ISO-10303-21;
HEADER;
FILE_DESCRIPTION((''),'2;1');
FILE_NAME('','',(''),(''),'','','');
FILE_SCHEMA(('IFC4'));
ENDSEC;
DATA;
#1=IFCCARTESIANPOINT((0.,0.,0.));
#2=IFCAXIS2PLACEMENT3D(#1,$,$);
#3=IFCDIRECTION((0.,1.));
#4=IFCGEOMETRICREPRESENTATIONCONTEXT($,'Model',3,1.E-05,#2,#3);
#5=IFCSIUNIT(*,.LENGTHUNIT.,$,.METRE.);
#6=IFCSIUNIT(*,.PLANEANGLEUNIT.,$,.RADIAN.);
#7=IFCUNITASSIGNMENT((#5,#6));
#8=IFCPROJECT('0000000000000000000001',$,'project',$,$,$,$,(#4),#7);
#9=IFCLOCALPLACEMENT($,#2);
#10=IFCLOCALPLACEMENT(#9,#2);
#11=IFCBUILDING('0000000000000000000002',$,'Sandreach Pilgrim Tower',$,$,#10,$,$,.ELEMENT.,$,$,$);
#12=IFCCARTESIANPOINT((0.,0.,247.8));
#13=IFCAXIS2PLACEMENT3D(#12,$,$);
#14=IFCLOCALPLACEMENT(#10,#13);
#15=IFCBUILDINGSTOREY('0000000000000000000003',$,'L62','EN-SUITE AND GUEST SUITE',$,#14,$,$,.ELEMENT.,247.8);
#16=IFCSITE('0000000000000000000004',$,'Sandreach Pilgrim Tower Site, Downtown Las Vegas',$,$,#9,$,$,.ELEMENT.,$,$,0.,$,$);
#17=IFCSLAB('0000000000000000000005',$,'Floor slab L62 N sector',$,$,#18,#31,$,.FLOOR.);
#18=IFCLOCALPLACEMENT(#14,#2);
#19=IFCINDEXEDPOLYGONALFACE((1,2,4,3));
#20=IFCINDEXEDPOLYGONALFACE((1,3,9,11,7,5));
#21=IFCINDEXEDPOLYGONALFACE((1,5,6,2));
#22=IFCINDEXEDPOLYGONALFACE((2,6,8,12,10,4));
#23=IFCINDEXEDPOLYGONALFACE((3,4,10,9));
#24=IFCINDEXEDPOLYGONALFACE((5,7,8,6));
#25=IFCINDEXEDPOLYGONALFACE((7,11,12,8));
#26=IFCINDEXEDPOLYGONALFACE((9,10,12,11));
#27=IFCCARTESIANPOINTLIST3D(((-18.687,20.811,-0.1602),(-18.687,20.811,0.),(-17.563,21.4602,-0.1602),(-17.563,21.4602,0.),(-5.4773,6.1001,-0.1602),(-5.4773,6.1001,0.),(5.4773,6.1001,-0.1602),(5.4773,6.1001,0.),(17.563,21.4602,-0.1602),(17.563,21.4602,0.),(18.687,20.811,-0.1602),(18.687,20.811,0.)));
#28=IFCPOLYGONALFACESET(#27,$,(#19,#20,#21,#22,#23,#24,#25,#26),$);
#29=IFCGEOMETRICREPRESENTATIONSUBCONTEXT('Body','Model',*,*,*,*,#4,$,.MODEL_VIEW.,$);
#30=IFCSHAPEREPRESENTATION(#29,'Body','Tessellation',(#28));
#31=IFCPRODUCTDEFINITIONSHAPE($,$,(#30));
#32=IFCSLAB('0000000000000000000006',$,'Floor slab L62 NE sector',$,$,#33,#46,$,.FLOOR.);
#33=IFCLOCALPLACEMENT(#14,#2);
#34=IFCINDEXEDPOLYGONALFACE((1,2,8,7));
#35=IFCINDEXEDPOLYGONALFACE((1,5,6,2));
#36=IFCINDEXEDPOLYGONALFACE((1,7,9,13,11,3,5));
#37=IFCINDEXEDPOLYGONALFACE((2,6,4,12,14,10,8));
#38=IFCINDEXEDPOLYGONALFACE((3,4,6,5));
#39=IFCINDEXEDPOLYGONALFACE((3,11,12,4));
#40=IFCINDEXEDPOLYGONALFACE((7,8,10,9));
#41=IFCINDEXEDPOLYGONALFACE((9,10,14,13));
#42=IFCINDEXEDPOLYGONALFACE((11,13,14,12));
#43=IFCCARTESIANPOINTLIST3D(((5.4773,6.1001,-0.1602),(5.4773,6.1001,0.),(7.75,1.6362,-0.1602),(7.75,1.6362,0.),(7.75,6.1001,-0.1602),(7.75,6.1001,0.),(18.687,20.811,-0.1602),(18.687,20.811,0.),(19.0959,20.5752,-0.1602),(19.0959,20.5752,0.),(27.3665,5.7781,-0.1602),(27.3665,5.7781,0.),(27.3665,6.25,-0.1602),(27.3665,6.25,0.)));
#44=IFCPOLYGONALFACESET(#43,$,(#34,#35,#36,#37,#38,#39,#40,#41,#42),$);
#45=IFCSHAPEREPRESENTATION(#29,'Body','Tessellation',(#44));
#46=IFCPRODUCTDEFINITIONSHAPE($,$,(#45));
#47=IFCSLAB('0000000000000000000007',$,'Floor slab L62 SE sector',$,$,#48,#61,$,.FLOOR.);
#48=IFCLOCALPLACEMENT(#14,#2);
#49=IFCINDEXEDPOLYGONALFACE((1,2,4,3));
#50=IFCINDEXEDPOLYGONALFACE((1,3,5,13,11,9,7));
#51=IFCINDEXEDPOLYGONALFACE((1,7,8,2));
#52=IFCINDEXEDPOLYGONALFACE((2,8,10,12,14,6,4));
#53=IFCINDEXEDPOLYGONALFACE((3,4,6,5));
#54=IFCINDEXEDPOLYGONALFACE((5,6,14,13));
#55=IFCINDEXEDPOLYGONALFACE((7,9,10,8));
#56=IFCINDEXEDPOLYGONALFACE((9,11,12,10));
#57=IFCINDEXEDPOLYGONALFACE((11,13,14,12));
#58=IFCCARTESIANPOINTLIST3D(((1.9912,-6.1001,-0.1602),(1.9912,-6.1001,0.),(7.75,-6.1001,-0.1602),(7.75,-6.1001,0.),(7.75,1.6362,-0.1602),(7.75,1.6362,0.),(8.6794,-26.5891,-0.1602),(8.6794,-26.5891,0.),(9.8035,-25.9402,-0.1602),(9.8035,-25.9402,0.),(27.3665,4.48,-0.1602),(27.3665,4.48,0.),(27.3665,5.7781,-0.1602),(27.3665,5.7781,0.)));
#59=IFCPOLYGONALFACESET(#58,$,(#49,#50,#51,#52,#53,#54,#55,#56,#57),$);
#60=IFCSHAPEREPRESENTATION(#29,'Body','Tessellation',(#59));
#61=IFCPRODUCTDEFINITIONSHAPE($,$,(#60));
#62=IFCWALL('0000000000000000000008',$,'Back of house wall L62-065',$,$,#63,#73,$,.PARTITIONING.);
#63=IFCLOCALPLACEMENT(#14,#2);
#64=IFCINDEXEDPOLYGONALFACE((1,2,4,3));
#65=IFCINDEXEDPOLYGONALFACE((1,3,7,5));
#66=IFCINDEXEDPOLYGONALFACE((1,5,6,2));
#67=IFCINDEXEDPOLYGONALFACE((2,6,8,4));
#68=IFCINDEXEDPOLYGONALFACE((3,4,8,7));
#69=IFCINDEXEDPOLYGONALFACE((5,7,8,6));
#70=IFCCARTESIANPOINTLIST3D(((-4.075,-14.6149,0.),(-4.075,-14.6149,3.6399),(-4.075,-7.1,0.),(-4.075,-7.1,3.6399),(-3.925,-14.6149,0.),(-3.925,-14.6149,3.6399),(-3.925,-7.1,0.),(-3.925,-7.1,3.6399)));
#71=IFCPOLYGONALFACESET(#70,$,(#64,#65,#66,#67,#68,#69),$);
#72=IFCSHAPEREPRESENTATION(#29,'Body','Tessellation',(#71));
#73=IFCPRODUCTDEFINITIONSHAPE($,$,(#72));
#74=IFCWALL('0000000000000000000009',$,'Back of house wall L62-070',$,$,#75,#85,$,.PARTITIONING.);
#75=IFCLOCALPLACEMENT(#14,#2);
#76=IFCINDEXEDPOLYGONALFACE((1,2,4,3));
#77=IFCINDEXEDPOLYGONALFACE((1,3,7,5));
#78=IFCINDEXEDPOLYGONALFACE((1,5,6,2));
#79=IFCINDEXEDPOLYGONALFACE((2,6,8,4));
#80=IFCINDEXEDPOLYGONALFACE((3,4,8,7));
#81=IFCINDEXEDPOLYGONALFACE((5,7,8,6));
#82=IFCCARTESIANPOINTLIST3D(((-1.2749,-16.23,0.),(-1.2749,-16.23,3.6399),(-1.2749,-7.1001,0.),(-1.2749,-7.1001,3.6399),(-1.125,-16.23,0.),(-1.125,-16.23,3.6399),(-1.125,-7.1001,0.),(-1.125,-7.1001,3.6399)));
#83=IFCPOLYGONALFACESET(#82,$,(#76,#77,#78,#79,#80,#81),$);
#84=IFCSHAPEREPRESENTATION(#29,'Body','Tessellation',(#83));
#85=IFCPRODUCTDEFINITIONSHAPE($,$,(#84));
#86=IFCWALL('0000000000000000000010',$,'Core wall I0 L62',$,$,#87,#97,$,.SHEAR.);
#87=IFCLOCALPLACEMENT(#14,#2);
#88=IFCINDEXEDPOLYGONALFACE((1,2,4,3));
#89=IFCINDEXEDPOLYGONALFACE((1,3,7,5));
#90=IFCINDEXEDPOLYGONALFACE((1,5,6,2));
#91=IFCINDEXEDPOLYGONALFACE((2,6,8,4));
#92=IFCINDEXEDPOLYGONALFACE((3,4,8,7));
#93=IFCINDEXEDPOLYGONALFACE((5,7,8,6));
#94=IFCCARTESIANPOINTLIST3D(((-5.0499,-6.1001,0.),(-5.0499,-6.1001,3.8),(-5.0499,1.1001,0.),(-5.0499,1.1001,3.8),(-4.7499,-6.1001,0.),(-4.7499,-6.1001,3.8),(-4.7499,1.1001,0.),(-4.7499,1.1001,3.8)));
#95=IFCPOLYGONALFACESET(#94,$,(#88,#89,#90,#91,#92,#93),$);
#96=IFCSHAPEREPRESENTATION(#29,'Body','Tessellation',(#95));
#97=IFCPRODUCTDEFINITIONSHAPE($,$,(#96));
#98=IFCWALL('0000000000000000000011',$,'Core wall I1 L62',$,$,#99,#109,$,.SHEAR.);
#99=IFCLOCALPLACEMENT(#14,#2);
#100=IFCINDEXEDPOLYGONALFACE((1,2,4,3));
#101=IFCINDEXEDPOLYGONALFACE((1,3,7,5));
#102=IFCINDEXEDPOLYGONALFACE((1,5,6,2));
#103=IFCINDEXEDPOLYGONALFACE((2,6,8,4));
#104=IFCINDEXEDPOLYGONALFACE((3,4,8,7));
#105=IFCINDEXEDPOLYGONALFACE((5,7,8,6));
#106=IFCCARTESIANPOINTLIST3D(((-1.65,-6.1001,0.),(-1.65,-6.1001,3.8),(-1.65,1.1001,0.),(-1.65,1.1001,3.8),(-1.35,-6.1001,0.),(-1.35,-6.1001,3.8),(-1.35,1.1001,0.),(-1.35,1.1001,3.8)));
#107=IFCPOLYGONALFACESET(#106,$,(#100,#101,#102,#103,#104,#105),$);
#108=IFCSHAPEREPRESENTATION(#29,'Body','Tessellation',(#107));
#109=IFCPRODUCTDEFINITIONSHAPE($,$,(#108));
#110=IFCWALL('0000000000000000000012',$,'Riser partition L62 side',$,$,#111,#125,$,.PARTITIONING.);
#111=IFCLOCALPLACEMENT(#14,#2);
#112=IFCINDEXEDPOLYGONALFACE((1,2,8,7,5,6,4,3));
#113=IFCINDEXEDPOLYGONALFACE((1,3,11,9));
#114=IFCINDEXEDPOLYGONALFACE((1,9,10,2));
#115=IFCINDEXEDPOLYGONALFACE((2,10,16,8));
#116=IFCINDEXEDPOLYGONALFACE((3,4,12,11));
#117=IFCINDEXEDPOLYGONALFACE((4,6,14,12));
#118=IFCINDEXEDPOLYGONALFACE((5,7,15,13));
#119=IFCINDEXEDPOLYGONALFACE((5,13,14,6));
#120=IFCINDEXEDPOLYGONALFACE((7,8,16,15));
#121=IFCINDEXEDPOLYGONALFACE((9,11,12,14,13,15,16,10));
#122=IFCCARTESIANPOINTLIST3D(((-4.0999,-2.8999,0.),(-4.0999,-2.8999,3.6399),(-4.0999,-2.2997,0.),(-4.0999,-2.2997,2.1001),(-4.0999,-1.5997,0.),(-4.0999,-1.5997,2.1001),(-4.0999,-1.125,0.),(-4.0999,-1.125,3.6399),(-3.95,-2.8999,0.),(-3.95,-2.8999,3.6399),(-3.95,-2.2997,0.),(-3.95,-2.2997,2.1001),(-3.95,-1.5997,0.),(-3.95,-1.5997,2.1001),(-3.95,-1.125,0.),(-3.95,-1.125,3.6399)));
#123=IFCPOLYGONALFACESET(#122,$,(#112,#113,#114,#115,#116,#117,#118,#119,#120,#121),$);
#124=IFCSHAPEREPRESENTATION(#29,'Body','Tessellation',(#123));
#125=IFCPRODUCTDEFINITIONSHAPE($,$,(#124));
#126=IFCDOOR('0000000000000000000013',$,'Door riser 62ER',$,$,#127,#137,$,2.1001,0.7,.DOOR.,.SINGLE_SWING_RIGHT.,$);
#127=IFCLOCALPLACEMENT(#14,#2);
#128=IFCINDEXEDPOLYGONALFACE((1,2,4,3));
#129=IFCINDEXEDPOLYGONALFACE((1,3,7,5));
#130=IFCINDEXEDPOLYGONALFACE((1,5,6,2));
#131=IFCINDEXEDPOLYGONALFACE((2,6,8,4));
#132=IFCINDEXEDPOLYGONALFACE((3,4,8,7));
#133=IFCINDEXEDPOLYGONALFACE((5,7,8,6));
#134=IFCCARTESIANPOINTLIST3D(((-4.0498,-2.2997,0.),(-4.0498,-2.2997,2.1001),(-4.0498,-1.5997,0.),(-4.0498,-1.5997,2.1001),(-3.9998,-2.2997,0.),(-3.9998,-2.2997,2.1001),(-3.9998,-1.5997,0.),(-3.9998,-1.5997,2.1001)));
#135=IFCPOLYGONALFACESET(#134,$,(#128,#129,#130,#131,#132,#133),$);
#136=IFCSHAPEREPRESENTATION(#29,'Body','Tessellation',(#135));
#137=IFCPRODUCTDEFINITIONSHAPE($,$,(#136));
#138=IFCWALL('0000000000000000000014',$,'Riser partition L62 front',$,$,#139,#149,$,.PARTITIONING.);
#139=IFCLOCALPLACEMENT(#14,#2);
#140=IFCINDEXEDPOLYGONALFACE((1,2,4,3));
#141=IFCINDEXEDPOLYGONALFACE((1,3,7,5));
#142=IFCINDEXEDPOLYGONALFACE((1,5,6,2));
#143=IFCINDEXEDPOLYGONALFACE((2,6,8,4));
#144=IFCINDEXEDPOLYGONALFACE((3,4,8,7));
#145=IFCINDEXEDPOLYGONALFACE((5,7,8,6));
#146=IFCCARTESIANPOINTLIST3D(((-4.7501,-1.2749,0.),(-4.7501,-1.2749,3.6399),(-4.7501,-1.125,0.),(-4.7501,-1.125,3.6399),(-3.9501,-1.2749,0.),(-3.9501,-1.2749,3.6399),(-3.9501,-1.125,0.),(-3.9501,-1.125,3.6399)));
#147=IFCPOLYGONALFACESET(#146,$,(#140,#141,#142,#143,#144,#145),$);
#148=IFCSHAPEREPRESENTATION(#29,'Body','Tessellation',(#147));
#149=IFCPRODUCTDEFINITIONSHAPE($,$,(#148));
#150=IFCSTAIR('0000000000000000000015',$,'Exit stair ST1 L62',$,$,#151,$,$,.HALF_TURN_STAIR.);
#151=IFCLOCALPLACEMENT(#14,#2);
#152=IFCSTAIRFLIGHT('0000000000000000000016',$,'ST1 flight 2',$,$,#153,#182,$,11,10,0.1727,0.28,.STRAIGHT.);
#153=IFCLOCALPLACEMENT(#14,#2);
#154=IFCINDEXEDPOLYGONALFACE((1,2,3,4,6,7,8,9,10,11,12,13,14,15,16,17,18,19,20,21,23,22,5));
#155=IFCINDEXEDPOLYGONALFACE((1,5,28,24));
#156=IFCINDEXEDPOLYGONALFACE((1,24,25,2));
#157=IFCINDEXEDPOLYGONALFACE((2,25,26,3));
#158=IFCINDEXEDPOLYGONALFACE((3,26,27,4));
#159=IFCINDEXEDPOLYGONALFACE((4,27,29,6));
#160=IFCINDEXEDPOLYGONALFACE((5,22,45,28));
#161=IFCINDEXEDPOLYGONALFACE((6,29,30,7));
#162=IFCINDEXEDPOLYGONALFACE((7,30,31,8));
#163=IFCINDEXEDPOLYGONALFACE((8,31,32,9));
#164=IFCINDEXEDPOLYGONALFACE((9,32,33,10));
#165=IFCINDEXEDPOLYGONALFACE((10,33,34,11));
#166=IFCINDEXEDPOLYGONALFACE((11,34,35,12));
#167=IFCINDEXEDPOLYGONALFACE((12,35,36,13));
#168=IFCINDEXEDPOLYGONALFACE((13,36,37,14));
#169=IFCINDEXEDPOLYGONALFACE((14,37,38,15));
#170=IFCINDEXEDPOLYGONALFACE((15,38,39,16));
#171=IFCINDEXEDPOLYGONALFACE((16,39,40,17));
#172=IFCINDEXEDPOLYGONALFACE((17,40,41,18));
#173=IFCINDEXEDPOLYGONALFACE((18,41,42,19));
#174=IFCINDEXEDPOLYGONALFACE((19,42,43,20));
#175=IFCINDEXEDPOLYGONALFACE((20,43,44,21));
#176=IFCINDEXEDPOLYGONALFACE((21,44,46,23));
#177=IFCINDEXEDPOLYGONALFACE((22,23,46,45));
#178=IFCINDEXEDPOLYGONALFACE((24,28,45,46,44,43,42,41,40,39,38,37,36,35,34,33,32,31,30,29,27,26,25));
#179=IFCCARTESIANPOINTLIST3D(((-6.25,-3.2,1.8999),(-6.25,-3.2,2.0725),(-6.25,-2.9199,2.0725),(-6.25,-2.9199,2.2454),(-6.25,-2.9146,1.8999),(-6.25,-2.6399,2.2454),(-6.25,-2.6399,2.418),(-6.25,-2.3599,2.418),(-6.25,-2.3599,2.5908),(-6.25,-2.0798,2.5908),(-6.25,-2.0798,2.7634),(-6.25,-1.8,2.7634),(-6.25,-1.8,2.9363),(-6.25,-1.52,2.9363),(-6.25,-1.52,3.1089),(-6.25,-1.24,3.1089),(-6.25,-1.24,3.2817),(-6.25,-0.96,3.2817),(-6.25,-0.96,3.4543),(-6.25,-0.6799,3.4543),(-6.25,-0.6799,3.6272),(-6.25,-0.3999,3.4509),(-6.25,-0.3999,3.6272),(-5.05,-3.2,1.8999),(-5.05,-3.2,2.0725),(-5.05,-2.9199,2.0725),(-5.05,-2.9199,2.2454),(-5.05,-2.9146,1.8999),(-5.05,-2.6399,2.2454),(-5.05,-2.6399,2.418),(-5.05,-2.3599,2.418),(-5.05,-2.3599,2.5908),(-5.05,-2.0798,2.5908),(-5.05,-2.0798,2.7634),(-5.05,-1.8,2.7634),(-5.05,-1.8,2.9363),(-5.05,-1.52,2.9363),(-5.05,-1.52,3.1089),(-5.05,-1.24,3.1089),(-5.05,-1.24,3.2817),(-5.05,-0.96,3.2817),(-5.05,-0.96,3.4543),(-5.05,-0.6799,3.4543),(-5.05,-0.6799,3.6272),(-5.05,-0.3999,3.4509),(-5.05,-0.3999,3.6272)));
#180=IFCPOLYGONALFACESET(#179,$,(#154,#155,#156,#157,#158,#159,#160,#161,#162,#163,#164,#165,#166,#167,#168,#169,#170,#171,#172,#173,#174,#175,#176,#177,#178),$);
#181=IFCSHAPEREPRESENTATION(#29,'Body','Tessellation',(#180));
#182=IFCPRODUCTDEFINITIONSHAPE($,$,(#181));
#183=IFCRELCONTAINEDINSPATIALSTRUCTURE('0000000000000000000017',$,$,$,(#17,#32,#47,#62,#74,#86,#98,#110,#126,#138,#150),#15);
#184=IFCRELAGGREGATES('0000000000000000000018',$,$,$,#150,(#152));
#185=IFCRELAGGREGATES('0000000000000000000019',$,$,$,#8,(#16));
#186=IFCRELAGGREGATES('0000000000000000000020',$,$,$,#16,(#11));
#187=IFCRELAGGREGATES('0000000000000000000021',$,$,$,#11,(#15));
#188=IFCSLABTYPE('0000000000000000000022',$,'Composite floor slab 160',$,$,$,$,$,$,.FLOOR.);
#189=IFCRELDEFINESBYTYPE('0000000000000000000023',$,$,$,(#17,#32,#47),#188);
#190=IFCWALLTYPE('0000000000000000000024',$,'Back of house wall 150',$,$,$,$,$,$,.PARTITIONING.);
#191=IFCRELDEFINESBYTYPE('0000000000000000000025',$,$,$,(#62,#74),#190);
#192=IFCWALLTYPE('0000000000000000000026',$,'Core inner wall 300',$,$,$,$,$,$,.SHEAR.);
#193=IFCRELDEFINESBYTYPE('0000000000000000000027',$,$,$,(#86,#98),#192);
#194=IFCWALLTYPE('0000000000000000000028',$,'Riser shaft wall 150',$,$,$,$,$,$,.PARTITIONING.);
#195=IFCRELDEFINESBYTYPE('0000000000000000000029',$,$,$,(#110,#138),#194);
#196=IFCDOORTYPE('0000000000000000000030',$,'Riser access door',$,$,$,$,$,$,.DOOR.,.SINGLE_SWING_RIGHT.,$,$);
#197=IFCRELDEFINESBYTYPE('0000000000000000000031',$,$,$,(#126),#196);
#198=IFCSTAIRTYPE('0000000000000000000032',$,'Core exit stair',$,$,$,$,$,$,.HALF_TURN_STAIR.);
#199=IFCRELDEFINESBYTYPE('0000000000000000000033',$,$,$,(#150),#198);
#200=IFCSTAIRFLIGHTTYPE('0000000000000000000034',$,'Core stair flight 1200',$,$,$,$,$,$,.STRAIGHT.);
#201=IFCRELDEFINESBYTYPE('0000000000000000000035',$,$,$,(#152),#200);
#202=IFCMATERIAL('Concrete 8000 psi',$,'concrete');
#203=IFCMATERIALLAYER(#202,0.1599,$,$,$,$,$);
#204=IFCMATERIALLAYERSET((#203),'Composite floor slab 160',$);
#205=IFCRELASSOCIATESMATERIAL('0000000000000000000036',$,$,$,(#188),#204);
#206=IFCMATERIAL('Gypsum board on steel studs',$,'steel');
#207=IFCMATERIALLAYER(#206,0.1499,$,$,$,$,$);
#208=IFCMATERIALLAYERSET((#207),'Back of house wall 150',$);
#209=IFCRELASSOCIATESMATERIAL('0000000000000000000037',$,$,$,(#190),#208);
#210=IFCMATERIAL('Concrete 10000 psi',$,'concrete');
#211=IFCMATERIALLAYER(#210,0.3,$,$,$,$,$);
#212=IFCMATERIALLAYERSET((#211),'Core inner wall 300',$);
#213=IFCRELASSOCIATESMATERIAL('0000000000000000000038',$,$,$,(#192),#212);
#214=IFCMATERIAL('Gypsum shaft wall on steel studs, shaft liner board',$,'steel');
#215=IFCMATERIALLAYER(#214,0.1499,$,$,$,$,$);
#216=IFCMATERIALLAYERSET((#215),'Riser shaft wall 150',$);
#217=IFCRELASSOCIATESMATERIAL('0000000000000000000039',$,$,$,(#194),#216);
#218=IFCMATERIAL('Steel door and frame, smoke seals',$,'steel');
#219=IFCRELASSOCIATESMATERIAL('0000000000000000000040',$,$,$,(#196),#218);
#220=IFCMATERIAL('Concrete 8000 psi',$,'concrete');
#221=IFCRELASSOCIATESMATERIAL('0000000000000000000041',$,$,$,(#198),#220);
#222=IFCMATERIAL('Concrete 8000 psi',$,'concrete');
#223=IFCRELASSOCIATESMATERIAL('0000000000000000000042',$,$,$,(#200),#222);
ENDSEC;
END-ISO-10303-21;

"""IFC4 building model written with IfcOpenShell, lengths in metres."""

from ifc_helpers import new_model, si_unit, direction, frame, frame_2d, origin, place, context, subcontext, project, spatial, polyline, rectangle, outline, extrude, material, layer, layer_set, type_object, element, fill, aggregate, save


model = new_model("IFC4")

# Units and contexts
model_context = context("Model", 3, precision=1e-05, world=origin(), true_north=direction((0.0, 1.0)))
body_context = subcontext(model_context, "Body", "Model", "MODEL_VIEW")
ifc_project = project(units=[si_unit("LENGTHUNIT", "METRE"), si_unit("PLANEANGLEUNIT", "RADIAN")], contexts=[model_context])

# Site, building, storey
site_placement = place(None, origin())
site = spatial("IfcSite", under=ifc_project, at=site_placement, Name="Sandreach Pilgrim Tower Site, Downtown Las Vegas", CompositionType="ELEMENT", RefElevation=0.0)
building_placement = place(site_placement, origin())
building = spatial("IfcBuilding", under=site, at=building_placement, Name="Sandreach Pilgrim Tower", CompositionType="ELEMENT")
storey_placement = place(building_placement, frame((0.0, 0.0, 247.8)))
storey = spatial("IfcBuildingStorey", under=building, at=storey_placement, Name="L62", Description="EN-SUITE AND GUEST SUITE", CompositionType="ELEMENT", Elevation=247.8)

# Slabs
ifc_material_1 = material(Name="Concrete 8000 psi", Category="concrete")
ifc_layer_1 = layer(ifc_material_1, 0.1599)
ifc_layer_set_1 = layer_set([ifc_layer_1], Name="Composite floor slab 160")
slab_type = type_object("IfcSlabType", Name="Composite floor slab 160", PredefinedType="FLOOR", material=ifc_layer_set_1)
slab_1_placement = place(storey_placement, frame((0.0, 0.0, -0.1602)))
element("IfcSlab", 1, at=slab_1_placement, inside=storey, type_object=slab_type, Name="Floor slab L62 N sector", PredefinedType="FLOOR", context=body_context, shape_type="SweptSolid", body=[
    extrude(outline(polyline([(-17.563, 21.4602), (17.563, 21.4602), (18.687, 20.811), (5.4773, 6.1001), (-5.4773, 6.1001), (-18.687, 20.811), (-17.563, 21.4602)])), origin(), (0.0, 0.0, 1.0), 0.1602),
])
slab_2_placement = place(storey_placement, frame((0.0, 0.0, -0.1602)))
element("IfcSlab", 2, at=slab_2_placement, inside=storey, type_object=slab_type, Name="Floor slab L62 NE sector", PredefinedType="FLOOR", context=body_context, shape_type="SweptSolid", body=[
    extrude(outline(polyline([(19.0959, 20.5752), (27.3665, 6.25), (27.3665, 5.7781), (7.75, 1.6362), (7.75, 6.1001), (5.4773, 6.1001), (18.687, 20.811), (19.0959, 20.5752)])), origin(), (0.0, 0.0, 1.0), 0.1602),
])
slab_3_placement = place(storey_placement, frame((0.0, 0.0, -0.1602)))
element("IfcSlab", 3, at=slab_3_placement, inside=storey, type_object=slab_type, Name="Floor slab L62 SE sector", PredefinedType="FLOOR", context=body_context, shape_type="SweptSolid", body=[
    extrude(outline(polyline([(27.3665, 4.48), (9.8035, -25.9402), (8.6794, -26.5891), (1.9912, -6.1001), (7.75, -6.1001), (7.75, 1.6362), (27.3665, 5.7781), (27.3665, 4.48)])), origin(), (0.0, 0.0, 1.0), 0.1602),
])

# Walls
ifc_material_2 = material(Name="Gypsum board on steel studs", Category="steel")
ifc_layer_2 = layer(ifc_material_2, 0.1499)
ifc_layer_set_2 = layer_set([ifc_layer_2], Name="Back of house wall 150")
wall_type_1 = type_object("IfcWallType", Name="Back of house wall 150", PredefinedType="PARTITIONING", material=ifc_layer_set_2)
wall_1_placement = place(storey_placement, frame((-4.0, -7.1001, 0.0), z_axis=(0.0, 0.0, 1.0), x_axis=(0.0, -1.0, 0.0)))
element("IfcWall", 4, at=wall_1_placement, inside=storey, type_object=wall_type_1, Name="Back of house wall L62-065", PredefinedType="PARTITIONING", context=body_context, shape_type="SweptSolid", body=[
    extrude(rectangle(XDim=7.5149, YDim=0.1499, at=frame_2d((3.7573, 0.0))), origin(), (0.0, 0.0, 1.0), 3.6399),
])
wall_2_placement = place(storey_placement, frame((-1.2, -7.1001, 0.0), z_axis=(0.0, 0.0, 1.0), x_axis=(0.0, -1.0, 0.0)))
element("IfcWall", 5, at=wall_2_placement, inside=storey, type_object=wall_type_1, Name="Back of house wall L62-070", PredefinedType="PARTITIONING", context=body_context, shape_type="SweptSolid", body=[
    extrude(rectangle(XDim=9.1299, YDim=0.1499, at=frame_2d((4.5649, 0.0))), origin(), (0.0, 0.0, 1.0), 3.6399),
])
ifc_material_3 = material(Name="Concrete 10000 psi", Category="concrete")
ifc_layer_3 = layer(ifc_material_3, 0.3)
ifc_layer_set_3 = layer_set([ifc_layer_3], Name="Core inner wall 300")
wall_type_2 = type_object("IfcWallType", Name="Core inner wall 300", PredefinedType="SHEAR", material=ifc_layer_set_3)
for number, where, z_axis, x_axis, name in (
    (6, (-4.8999, -6.1001, 0.0), (0.0, 0.0, 1.0), (0.0, 1.0, 0.0), "Core wall I0 L62"),
    (7, (-1.5, -6.1001, 0.0), (0.0, 0.0, 1.0), (0.0, 1.0, 0.0), "Core wall I1 L62"),
):
    element("IfcWall", number, at=place(storey_placement, frame(where, z_axis=z_axis, x_axis=x_axis)), inside=storey, type_object=wall_type_2, Name=name, PredefinedType="SHEAR", context=body_context, shape_type="SweptSolid", body=[
        extrude(rectangle(XDim=7.2002, YDim=0.3, at=frame_2d((3.6001, 0.0))), origin(), (0.0, 0.0, 1.0), 3.8),
    ])

# Wall, opening, door
ifc_material_4 = material(Name="Gypsum shaft wall on steel studs, shaft liner board", Category="steel")
ifc_layer_4 = layer(ifc_material_4, 0.1499)
ifc_layer_set_4 = layer_set([ifc_layer_4], Name="Riser shaft wall 150")
wall_type_3 = type_object("IfcWallType", Name="Riser shaft wall 150", PredefinedType="PARTITIONING", material=ifc_layer_set_4)
wall_3_placement = place(storey_placement, frame((-4.0249, -2.8999, 0.0), z_axis=(0.0, 0.0, 1.0), x_axis=(0.0, 1.0, 0.0)))
wall_3 = element("IfcWall", 8, at=wall_3_placement, inside=storey, type_object=wall_type_3, Name="Riser partition L62 side", PredefinedType="PARTITIONING", context=body_context, shape_type="SweptSolid", body=[
    extrude(rectangle(XDim=1.7749, YDim=0.1499, at=frame_2d((0.8875, 0.0))), origin(), (0.0, 0.0, 1.0), 3.6399),
])
opening_1_placement = place(wall_3_placement, frame((0.6001, 0.0, 0.0)))
opening_1 = element("IfcOpeningElement", 9, at=opening_1_placement, cuts=wall_3, PredefinedType="OPENING", context=body_context, shape_type="SweptSolid", body=[
    extrude(rectangle(XDim=0.7, YDim=2.1001, at=frame_2d((0.3501, 1.05))), frame((0.0, 0.075, 0.0), z_axis=(0.0, -1.0, 0.0), x_axis=(1.0, 0.0, 0.0)), (0.0, 0.0, 1.0), 0.1499),
])
ifc_material_5 = material(Name="Steel door and frame, smoke seals", Category="steel")
door_type_1 = type_object("IfcDoorType", Name="Riser access door", OperationType="SINGLE_SWING_RIGHT", PredefinedType="DOOR", material=ifc_material_5)
door_1_placement = place(opening_1_placement, origin())
door_1 = element("IfcDoor", 10, at=door_1_placement, inside=storey, type_object=door_type_1, Name="Door riser 62ER", OperationType="SINGLE_SWING_RIGHT", OverallHeight=2.1001, OverallWidth=0.7, PredefinedType="DOOR", context=body_context, shape_type="SweptSolid", body=[
    extrude(rectangle(XDim=0.7, YDim=2.1001, at=frame_2d((0.3501, 1.05))), frame((0.0, 0.0249, 0.0), z_axis=(0.0, -1.0, 0.0), x_axis=(1.0, 0.0, 0.0)), (0.0, 0.0, 1.0), 0.05),
])
fill(opening_1, door_1)

# Wall
wall_4_placement = place(storey_placement, frame((-4.75, -1.2, 0.0), z_axis=(0.0, 0.0, 1.0), x_axis=(1.0, 0.0, 0.0)))
element("IfcWall", 11, at=wall_4_placement, inside=storey, type_object=wall_type_3, Name="Riser partition L62 front", PredefinedType="PARTITIONING", context=body_context, shape_type="SweptSolid", body=[
    extrude(rectangle(XDim=0.8, YDim=0.1499, at=frame_2d((0.3999, 0.0))), origin(), (0.0, 0.0, 1.0), 3.6399),
])

# Stair, stair flight
ifc_material_6 = material(Name="Concrete 8000 psi", Category="concrete")
stair_type = type_object("IfcStairType", Name="Core exit stair", PredefinedType="HALF_TURN_STAIR", material=ifc_material_6)
stair_1_placement = place(storey_placement, origin())
stair_1 = element("IfcStair", 12, at=stair_1_placement, inside=storey, type_object=stair_type, Name="Exit stair ST1 L62", PredefinedType="HALF_TURN_STAIR")
ifc_material_7 = material(Name="Concrete 8000 psi", Category="concrete")
stair_flight_type = type_object("IfcStairFlightType", Name="Core stair flight 1200", PredefinedType="STRAIGHT", material=ifc_material_7)
stair_flight_1_placement = place(storey_placement, frame((-5.6499, -3.2, 1.8999), z_axis=(0.0, 0.0, 1.0), x_axis=(0.0, 1.0, 0.0)))
stair_flight_1 = element("IfcStairFlight", 13, at=stair_flight_1_placement, type_object=stair_flight_type, Name="ST1 flight 2", NumberOfRisers=11, NumberOfTreads=10, PredefinedType="STRAIGHT", RiserHeight=0.1727, TreadLength=0.28, context=body_context, shape_type="SweptSolid", body=[
    extrude(outline(polyline([(0.0, 0.0), (0.0, 0.1726), (0.28, 0.1726), (0.28, 0.3455), (0.5601, 0.3455), (0.5601, 0.5181), (0.8401, 0.5181), (0.8401, 0.6909), (1.1201, 0.6909), (1.1201, 0.8635), (1.3999, 0.8635), (1.3999, 1.0364), (1.6799, 1.0364), (1.6799, 1.209), (1.96, 1.209), (1.96, 1.3818), (2.24, 1.3818), (2.24, 1.5544), (2.52, 1.5544), (2.52, 1.7273), (2.8, 1.7273), (2.8, 1.8999), (2.8, 1.551), (0.2854, 0.0), (0.0, 0.0)])), frame((0.0, 0.6001, 0.0), z_axis=(0.0, -1.0, 0.0), x_axis=(1.0, 0.0, 0.0)), (0.0, 0.0, 1.0), 1.2),
])
aggregate(stair_1, [stair_flight_1])

save(model, "model.ifc")
